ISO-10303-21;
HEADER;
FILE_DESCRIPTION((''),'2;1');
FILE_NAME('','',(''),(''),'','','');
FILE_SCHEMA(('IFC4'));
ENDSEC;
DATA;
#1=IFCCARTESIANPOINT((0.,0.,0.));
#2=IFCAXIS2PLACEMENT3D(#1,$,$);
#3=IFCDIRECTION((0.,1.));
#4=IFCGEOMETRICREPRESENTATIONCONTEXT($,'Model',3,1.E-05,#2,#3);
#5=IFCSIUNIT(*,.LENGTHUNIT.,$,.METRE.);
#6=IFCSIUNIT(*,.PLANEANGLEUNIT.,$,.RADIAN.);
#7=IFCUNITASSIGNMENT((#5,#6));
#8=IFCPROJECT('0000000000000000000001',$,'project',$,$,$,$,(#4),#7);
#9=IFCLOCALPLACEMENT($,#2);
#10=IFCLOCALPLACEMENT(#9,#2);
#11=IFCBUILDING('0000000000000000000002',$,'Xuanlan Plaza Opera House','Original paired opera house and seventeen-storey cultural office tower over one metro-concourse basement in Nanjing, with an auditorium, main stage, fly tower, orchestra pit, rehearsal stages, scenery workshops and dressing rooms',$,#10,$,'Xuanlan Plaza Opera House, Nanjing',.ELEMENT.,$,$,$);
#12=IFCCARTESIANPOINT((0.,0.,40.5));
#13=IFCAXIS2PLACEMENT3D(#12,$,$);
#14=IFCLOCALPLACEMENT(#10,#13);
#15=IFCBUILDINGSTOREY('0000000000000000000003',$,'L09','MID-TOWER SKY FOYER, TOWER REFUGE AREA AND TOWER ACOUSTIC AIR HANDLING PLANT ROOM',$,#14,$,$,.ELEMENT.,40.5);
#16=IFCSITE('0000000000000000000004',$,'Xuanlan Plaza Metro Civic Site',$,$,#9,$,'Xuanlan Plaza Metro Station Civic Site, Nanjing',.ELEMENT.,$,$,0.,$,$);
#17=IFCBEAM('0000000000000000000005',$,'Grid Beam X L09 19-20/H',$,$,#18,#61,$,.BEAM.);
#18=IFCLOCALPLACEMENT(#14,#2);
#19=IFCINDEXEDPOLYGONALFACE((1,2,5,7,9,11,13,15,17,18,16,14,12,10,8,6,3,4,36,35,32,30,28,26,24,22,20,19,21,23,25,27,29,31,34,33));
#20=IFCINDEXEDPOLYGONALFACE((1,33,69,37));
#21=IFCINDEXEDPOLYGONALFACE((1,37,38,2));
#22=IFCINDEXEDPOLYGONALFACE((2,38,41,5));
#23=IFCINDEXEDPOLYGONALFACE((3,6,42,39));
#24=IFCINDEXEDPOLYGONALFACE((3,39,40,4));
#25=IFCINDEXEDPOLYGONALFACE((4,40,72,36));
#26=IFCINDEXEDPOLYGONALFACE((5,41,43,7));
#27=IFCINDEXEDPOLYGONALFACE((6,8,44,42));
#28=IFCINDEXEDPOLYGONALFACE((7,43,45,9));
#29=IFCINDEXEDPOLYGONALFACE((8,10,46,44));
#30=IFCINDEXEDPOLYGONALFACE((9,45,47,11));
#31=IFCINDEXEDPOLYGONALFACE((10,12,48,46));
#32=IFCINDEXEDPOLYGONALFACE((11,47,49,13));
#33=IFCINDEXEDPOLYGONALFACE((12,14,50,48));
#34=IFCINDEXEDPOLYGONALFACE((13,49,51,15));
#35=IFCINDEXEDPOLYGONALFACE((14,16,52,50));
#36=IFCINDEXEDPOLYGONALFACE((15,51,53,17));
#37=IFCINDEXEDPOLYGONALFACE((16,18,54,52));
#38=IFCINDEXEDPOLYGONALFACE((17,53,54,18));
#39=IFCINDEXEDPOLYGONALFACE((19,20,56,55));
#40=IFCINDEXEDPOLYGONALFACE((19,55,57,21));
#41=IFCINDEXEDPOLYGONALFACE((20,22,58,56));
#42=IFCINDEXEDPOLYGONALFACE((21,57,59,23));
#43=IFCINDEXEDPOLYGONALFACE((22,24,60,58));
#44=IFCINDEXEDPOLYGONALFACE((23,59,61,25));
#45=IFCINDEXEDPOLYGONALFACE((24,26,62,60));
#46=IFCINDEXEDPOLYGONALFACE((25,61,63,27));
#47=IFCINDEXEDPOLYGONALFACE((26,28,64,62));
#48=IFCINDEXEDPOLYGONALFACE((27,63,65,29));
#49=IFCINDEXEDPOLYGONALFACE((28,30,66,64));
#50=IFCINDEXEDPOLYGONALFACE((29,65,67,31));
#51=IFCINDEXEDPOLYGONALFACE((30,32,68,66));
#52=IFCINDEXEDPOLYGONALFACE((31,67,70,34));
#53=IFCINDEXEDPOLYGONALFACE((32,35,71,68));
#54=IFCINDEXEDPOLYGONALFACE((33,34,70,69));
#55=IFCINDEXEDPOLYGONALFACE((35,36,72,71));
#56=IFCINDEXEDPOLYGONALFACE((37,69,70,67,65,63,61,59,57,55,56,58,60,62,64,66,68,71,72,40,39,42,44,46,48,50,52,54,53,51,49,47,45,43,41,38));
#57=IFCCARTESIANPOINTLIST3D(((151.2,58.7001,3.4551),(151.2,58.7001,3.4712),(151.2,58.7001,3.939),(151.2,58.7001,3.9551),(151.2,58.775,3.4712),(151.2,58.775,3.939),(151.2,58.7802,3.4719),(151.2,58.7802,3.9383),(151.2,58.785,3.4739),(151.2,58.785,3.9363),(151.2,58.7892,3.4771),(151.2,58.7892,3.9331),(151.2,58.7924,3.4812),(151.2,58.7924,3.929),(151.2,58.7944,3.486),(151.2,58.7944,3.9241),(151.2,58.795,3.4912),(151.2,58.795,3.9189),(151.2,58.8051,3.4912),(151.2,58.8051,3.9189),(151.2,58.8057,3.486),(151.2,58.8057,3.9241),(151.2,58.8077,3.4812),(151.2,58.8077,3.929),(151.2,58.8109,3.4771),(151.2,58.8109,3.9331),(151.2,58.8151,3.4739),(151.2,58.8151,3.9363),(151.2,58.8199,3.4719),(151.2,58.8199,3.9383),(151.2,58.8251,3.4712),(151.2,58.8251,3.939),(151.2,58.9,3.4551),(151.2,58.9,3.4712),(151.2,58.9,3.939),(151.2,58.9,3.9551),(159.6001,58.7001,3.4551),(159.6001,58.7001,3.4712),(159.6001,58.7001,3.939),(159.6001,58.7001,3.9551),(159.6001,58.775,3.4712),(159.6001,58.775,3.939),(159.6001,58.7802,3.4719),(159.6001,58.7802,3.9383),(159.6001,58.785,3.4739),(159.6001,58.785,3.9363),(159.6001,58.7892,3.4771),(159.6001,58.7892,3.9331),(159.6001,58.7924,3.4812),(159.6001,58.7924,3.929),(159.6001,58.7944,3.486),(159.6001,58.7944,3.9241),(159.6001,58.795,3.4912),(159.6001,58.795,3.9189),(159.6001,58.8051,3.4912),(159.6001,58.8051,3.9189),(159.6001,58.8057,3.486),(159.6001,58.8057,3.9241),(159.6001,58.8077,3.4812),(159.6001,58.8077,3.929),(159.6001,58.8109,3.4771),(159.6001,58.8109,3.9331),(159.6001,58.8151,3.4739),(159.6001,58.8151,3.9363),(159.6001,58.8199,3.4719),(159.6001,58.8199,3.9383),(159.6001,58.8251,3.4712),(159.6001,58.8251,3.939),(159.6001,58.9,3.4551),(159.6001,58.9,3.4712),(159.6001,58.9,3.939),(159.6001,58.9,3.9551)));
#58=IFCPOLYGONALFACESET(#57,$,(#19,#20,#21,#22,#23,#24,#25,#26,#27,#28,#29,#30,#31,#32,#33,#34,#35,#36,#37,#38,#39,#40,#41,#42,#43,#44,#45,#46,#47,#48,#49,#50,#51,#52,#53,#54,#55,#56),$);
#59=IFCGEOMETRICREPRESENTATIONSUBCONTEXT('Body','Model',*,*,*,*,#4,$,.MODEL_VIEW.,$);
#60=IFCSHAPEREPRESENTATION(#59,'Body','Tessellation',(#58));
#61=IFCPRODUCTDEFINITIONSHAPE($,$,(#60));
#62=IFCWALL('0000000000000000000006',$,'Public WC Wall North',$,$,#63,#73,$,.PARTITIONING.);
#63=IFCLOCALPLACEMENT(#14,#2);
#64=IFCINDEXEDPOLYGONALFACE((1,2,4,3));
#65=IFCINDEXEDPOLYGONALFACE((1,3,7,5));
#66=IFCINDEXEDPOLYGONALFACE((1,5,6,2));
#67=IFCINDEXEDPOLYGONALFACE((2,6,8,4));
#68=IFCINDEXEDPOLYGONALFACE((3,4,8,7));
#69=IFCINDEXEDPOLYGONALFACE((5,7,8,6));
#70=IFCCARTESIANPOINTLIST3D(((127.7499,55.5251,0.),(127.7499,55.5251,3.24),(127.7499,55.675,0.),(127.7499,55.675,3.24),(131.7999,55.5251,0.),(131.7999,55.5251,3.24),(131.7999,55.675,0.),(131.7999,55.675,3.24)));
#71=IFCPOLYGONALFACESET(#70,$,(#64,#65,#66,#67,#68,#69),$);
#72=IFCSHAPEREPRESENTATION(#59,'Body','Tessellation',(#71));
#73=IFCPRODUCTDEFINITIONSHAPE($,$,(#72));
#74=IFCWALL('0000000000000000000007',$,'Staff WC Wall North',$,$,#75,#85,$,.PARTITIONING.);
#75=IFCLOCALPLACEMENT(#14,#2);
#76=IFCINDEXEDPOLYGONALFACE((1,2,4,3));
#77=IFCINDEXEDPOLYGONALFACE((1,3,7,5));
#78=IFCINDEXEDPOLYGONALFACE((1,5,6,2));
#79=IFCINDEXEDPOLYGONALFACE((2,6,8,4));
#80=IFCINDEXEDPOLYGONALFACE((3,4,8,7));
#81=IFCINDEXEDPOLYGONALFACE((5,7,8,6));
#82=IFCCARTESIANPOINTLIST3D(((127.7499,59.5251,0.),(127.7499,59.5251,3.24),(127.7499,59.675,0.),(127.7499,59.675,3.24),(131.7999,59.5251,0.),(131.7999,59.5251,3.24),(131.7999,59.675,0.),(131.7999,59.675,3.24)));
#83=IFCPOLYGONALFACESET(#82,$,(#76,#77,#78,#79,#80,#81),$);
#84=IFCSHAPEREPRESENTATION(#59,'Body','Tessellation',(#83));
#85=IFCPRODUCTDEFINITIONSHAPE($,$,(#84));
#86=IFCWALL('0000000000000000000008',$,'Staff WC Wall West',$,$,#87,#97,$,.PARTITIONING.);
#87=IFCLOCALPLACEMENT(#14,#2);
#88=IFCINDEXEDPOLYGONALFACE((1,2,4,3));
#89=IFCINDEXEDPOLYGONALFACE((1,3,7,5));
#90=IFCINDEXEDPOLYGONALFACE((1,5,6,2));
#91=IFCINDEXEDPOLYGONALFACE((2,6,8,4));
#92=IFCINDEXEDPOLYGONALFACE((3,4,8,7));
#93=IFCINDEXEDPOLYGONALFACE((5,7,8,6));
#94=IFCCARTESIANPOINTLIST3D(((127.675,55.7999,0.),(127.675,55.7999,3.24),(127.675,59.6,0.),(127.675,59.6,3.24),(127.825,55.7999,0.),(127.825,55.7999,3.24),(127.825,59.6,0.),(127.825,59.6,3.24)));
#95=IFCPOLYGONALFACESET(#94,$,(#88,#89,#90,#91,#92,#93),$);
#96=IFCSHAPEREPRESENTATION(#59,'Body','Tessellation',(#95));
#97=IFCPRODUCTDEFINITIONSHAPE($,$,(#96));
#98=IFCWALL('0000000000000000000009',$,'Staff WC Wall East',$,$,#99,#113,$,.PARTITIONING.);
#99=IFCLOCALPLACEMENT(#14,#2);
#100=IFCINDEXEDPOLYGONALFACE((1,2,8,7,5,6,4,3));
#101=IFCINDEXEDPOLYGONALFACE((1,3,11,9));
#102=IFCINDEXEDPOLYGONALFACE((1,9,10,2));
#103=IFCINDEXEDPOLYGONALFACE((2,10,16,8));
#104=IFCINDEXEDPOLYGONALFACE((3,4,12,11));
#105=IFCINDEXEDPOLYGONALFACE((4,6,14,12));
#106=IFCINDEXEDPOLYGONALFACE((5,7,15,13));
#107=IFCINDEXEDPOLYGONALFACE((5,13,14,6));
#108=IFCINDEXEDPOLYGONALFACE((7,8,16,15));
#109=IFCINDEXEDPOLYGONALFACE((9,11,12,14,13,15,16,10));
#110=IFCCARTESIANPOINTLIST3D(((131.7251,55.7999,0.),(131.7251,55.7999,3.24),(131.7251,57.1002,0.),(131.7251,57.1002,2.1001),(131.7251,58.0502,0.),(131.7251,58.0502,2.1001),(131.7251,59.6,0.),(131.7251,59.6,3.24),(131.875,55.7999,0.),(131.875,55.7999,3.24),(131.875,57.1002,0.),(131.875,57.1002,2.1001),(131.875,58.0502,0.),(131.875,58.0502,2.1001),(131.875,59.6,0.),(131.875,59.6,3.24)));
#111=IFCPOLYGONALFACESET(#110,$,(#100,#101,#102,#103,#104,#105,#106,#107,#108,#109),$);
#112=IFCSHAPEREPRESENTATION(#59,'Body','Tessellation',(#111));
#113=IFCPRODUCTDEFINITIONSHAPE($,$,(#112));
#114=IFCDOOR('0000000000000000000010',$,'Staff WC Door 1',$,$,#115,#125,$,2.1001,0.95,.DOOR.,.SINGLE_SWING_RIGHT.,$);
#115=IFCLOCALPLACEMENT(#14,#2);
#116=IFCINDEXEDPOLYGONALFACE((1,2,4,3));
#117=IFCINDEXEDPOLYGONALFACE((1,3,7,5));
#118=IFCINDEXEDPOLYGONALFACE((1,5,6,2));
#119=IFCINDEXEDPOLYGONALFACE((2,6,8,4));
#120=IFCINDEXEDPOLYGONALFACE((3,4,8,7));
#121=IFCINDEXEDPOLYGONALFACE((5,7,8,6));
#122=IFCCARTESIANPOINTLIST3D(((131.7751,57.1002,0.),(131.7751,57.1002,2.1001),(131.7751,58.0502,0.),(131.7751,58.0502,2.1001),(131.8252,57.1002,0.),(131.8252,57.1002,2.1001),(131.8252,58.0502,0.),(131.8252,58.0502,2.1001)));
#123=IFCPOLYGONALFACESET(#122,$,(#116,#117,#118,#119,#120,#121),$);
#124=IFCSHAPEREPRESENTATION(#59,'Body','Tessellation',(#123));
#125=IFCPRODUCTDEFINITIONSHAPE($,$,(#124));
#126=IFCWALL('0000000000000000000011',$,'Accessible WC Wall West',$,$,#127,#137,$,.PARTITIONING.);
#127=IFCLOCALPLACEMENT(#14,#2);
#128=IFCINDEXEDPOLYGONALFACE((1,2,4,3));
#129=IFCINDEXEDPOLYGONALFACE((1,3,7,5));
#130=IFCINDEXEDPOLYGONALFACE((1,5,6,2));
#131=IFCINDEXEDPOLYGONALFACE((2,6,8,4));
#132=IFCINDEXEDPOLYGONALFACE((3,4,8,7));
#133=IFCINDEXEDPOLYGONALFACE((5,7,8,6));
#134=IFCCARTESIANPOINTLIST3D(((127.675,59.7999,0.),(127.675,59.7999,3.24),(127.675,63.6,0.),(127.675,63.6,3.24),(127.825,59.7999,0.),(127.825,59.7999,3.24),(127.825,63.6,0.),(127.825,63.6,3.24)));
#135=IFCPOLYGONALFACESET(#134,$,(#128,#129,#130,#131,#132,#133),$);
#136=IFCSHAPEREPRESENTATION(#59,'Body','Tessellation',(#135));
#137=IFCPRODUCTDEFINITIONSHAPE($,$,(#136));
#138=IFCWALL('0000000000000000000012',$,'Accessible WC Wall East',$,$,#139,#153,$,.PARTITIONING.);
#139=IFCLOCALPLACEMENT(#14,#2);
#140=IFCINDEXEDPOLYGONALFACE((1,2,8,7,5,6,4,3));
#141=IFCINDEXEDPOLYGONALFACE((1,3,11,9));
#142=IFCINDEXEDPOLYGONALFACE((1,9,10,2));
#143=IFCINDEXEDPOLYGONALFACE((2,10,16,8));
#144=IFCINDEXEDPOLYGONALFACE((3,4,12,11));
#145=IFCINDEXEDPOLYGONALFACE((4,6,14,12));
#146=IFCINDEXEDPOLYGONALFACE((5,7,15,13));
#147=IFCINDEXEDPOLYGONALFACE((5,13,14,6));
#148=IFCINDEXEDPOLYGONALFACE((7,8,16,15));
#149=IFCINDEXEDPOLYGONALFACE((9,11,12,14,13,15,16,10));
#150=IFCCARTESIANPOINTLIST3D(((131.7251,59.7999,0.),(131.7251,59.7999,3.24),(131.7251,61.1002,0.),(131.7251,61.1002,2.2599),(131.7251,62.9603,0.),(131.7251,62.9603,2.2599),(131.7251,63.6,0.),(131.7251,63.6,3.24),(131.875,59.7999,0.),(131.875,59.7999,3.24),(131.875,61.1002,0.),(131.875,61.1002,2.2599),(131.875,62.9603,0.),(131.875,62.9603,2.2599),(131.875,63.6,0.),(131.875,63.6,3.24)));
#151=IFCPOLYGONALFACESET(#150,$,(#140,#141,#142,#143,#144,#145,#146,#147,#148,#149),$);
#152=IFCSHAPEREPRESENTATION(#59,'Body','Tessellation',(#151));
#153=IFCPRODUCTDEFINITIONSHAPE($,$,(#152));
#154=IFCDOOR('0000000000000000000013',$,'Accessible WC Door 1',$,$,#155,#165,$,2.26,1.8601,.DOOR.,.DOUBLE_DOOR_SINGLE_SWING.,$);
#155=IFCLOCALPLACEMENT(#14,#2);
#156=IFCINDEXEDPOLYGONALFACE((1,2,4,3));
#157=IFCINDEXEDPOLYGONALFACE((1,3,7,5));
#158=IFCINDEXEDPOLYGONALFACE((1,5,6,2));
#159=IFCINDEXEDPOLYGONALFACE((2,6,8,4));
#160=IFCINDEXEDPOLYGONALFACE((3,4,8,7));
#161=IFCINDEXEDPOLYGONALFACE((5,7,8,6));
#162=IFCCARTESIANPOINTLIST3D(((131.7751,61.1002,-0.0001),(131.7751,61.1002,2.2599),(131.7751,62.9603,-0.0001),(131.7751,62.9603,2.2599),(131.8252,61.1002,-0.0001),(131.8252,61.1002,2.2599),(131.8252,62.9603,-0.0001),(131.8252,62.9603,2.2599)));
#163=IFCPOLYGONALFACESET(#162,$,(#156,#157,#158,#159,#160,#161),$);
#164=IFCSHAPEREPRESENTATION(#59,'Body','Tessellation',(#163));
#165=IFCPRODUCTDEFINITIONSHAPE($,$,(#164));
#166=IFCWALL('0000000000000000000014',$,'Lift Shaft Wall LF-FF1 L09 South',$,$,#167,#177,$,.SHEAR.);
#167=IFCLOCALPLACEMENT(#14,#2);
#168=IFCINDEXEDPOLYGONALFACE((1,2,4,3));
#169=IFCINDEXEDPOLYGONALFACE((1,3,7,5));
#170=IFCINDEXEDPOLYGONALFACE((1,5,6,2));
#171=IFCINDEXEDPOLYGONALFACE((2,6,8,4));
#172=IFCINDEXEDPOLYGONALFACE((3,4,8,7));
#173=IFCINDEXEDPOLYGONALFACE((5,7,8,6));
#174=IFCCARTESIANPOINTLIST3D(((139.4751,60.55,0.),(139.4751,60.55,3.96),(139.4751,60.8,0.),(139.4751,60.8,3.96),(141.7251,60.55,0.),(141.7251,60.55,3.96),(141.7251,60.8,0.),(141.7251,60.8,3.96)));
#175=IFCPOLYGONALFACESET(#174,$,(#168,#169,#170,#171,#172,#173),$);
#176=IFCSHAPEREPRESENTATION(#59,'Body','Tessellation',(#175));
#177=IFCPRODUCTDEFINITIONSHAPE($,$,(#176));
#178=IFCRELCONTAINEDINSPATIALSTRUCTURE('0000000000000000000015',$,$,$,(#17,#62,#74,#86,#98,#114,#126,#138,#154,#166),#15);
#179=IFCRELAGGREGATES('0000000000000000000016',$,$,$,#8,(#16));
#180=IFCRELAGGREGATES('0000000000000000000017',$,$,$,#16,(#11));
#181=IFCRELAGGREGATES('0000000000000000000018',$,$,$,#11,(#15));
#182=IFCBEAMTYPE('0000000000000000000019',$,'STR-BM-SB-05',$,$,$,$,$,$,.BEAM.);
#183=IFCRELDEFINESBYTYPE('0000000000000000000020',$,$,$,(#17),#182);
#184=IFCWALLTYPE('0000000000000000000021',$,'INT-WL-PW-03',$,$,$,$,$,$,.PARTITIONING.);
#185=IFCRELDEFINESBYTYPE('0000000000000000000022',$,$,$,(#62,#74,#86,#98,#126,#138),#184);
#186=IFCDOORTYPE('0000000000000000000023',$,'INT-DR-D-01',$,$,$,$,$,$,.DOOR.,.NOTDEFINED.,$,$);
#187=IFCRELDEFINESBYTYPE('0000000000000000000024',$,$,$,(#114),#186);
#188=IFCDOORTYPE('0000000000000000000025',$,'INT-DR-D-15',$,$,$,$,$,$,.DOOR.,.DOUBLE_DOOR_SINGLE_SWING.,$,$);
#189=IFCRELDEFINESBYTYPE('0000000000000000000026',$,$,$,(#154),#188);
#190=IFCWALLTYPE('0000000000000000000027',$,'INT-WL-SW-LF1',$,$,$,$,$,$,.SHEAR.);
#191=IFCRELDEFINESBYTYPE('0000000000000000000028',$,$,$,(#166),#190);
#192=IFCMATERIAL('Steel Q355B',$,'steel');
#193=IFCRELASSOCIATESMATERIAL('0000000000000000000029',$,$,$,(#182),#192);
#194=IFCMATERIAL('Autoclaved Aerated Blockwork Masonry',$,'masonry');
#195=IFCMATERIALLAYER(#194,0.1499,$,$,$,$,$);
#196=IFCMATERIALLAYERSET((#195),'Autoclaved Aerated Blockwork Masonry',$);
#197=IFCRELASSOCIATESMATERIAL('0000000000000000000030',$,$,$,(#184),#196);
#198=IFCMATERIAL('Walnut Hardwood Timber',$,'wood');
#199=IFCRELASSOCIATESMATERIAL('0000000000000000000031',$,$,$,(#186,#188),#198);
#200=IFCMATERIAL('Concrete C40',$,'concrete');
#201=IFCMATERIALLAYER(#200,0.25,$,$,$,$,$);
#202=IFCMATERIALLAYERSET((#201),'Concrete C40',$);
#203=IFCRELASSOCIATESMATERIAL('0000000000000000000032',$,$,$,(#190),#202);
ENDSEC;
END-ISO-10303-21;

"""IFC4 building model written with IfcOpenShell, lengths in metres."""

from ifc_helpers import new_model, si_unit, direction, frame, frame_2d, origin, origin_2d, place, context, subcontext, project, spatial, rectangle, i_section, extrude, material, layer, layer_set, material_profile, profile_set, type_object, element, fill, save


model = new_model("IFC4")

# Units and contexts
model_context = context("Model", 3, precision=1e-05, world=origin(), true_north=direction((0.0, 1.0)))
body_context = subcontext(model_context, "Body", "Model", "MODEL_VIEW")
ifc_project = project(units=[si_unit("LENGTHUNIT", "METRE"), si_unit("PLANEANGLEUNIT", "RADIAN")], contexts=[model_context])

# Site, building, storey
site_placement = place(None, origin())
site = spatial("IfcSite", under=ifc_project, at=site_placement, Name="Xuanlan Plaza Metro Civic Site", LongName="Xuanlan Plaza Metro Station Civic Site, Nanjing", CompositionType="ELEMENT", RefElevation=0.0)
building_placement = place(site_placement, origin())
building = spatial("IfcBuilding", under=site, at=building_placement, Name="Xuanlan Plaza Opera House", Description="Original paired opera house and seventeen-storey cultural office tower over one metro-concourse basement in Nanjing, with an auditorium, main stage, fly tower, orchestra pit, rehearsal stages, scenery workshops and dressing rooms", LongName="Xuanlan Plaza Opera House, Nanjing", CompositionType="ELEMENT")
storey_placement = place(building_placement, frame((0.0, 0.0, 40.5)))
storey = spatial("IfcBuildingStorey", under=building, at=storey_placement, Name="L09", Description="MID-TOWER SKY FOYER, TOWER REFUGE AREA AND TOWER ACOUSTIC AIR HANDLING PLANT ROOM", CompositionType="ELEMENT", Elevation=40.5)

# Shared definitions
ifc_material_1 = material(Name="Steel Q355B", Category="steel")

# Beam
ifc_material_2 = material(Name="Concrete C40", Category="concrete")
ifc_material_profile_1 = material_profile(ifc_material_1, i_section(OverallWidth=0.2, OverallDepth=0.5, WebThickness=0.01, FlangeThickness=0.0161, FilletRadius=0.02, at=origin_2d()), Name="HN 500x200x10x16")
ifc_profile_set_1 = profile_set([ifc_material_profile_1], Name="Steel Q355B")
beam_type_1 = type_object("IfcBeamType", Name="STR-BM-SB-05", PredefinedType="BEAM", material=ifc_profile_set_1)
beam_1_placement = place(storey_placement, frame((151.2, 58.8, 3.7051), z_axis=(1.0, 0.0, 0.0), x_axis=(0.0, 1.0, 0.0)))
element("IfcBeam", 1, at=beam_1_placement, inside=storey, type_object=beam_type_1, Name="Grid Beam X L09 19-20/H", PredefinedType="BEAM", context=body_context, shape_type="SweptSolid", body=[
    extrude(i_section(OverallWidth=0.2, OverallDepth=0.5, WebThickness=0.01, FlangeThickness=0.0161, FilletRadius=0.02, at=origin_2d()), origin(), (0.0, 0.0, 1.0), 8.4001),
])

# Walls
ifc_material_3 = material(Name="Autoclaved Aerated Blockwork Masonry", Category="masonry")
ifc_layer_1 = layer(ifc_material_3, 0.1499)
ifc_layer_set_1 = layer_set([ifc_layer_1], Name="Autoclaved Aerated Blockwork Masonry")
wall_type_1 = type_object("IfcWallType", Name="INT-WL-PW-03", PredefinedType="PARTITIONING", material=ifc_layer_set_1)
for number, where, z_axis, x_axis, name in (
    (2, (127.75, 55.6001, 0.0), (0.0, 0.0, 1.0), (1.0, 0.0, 0.0), "Public WC Wall North"),
    (3, (127.75, 59.6001, 0.0), (0.0, 0.0, 1.0), (1.0, 0.0, 0.0), "Staff WC Wall North"),
):
    element("IfcWall", number, at=place(storey_placement, frame(where, z_axis=z_axis, x_axis=x_axis)), inside=storey, type_object=wall_type_1, Name=name, PredefinedType="PARTITIONING", context=body_context, shape_type="SweptSolid", body=[
        extrude(rectangle(XDim=4.05, YDim=0.1499, at=frame_2d((2.0249, 0.0))), origin(), (0.0, 0.0, 1.0), 3.24),
    ])
wall_1_placement = place(storey_placement, frame((127.75, 55.8, 0.0), z_axis=(0.0, 0.0, 1.0), x_axis=(0.0, 1.0, 0.0)))
element("IfcWall", 4, at=wall_1_placement, inside=storey, type_object=wall_type_1, Name="Staff WC Wall West", PredefinedType="PARTITIONING", context=body_context, shape_type="SweptSolid", body=[
    extrude(rectangle(XDim=3.8, YDim=0.1499, at=frame_2d((1.8999, 0.0))), origin(), (0.0, 0.0, 1.0), 3.24),
])

# Wall, opening, door
wall_2_placement = place(storey_placement, frame((131.8, 55.8, 0.0), z_axis=(0.0, 0.0, 1.0), x_axis=(0.0, 1.0, 0.0)))
wall_2 = element("IfcWall", 5, at=wall_2_placement, inside=storey, type_object=wall_type_1, Name="Staff WC Wall East", PredefinedType="PARTITIONING", context=body_context, shape_type="SweptSolid", body=[
    extrude(rectangle(XDim=3.8, YDim=0.1499, at=frame_2d((1.8999, 0.0))), origin(), (0.0, 0.0, 1.0), 3.24),
])
opening_1_placement = place(wall_2_placement, frame((1.3, 0.0, 0.0)))
opening_1 = element("IfcOpeningElement", 6, at=opening_1_placement, cuts=wall_2, PredefinedType="OPENING", context=body_context, shape_type="SweptSolid", body=[
    extrude(rectangle(XDim=0.95, YDim=2.1001, at=frame_2d((0.4751, 1.05))), frame((0.0, 0.085, 0.0), z_axis=(0.0, -1.0, 0.0), x_axis=(1.0, 0.0, 0.0)), (0.0, 0.0, 1.0), 0.1699),
])
ifc_material_4 = material(Name="Walnut Hardwood Timber", Category="wood")
door_type_1 = type_object("IfcDoorType", Name="INT-DR-D-01", OperationType="NOTDEFINED", PredefinedType="DOOR", material=ifc_material_4)
door_1_placement = place(opening_1_placement, origin())
door_1 = element("IfcDoor", 7, at=door_1_placement, inside=storey, type_object=door_type_1, Name="Staff WC Door 1", OperationType="SINGLE_SWING_RIGHT", OverallHeight=2.1001, OverallWidth=0.95, PredefinedType="DOOR", context=body_context, shape_type="SweptSolid", body=[
    extrude(rectangle(XDim=0.95, YDim=2.1001, at=frame_2d((0.4751, 1.05))), frame((0.0, 0.0249, 0.0), z_axis=(0.0, -1.0, 0.0), x_axis=(1.0, 0.0, 0.0)), (0.0, 0.0, 1.0), 0.05),
])
fill(opening_1, door_1)

# Wall
wall_3_placement = place(storey_placement, frame((127.75, 59.8, 0.0), z_axis=(0.0, 0.0, 1.0), x_axis=(0.0, 1.0, 0.0)))
element("IfcWall", 8, at=wall_3_placement, inside=storey, type_object=wall_type_1, Name="Accessible WC Wall West", PredefinedType="PARTITIONING", context=body_context, shape_type="SweptSolid", body=[
    extrude(rectangle(XDim=3.8, YDim=0.1499, at=frame_2d((1.8999, 0.0))), origin(), (0.0, 0.0, 1.0), 3.24),
])

# Wall, opening, door
wall_4_placement = place(storey_placement, frame((131.8, 59.8, 0.0), z_axis=(0.0, 0.0, 1.0), x_axis=(0.0, 1.0, 0.0)))
wall_4 = element("IfcWall", 9, at=wall_4_placement, inside=storey, type_object=wall_type_1, Name="Accessible WC Wall East", PredefinedType="PARTITIONING", context=body_context, shape_type="SweptSolid", body=[
    extrude(rectangle(XDim=3.8, YDim=0.1499, at=frame_2d((1.8999, 0.0))), origin(), (0.0, 0.0, 1.0), 3.24),
])
opening_2_placement = place(wall_4_placement, frame((1.3, 0.0, 0.0)))
opening_2 = element("IfcOpeningElement", 10, at=opening_2_placement, cuts=wall_4, PredefinedType="OPENING", context=body_context, shape_type="SweptSolid", body=[
    extrude(rectangle(XDim=1.8601, YDim=2.26, at=frame_2d((0.9302, 1.1299))), frame((0.0, 0.085, 0.0), z_axis=(0.0, -1.0, 0.0), x_axis=(1.0, 0.0, 0.0)), (0.0, 0.0, 1.0), 0.1699),
])
door_type_2 = type_object("IfcDoorType", Name="INT-DR-D-15", OperationType="DOUBLE_DOOR_SINGLE_SWING", PredefinedType="DOOR", material=ifc_material_4)
door_2_placement = place(opening_2_placement, origin())
door_2 = element("IfcDoor", 11, at=door_2_placement, inside=storey, type_object=door_type_2, Name="Accessible WC Door 1", OperationType="DOUBLE_DOOR_SINGLE_SWING", OverallHeight=2.26, OverallWidth=1.8601, PredefinedType="DOOR", context=body_context, shape_type="SweptSolid", body=[
    extrude(rectangle(XDim=1.8601, YDim=2.26, at=frame_2d((0.9302, 1.1299))), frame((0.0, 0.0249, 0.0), z_axis=(0.0, -1.0, 0.0), x_axis=(1.0, 0.0, 0.0)), (0.0, 0.0, 1.0), 0.05),
])
fill(opening_2, door_2)

# Wall
ifc_layer_2 = layer(ifc_material_2, 0.25)
ifc_layer_set_2 = layer_set([ifc_layer_2], Name="Concrete C40")
wall_type_2 = type_object("IfcWallType", Name="INT-WL-SW-LF1", PredefinedType="SHEAR", material=ifc_layer_set_2)
wall_5_placement = place(storey_placement, frame((139.4751, 60.675, 0.0), z_axis=(0.0, 0.0, 1.0), x_axis=(1.0, 0.0, 0.0)))
element("IfcWall", 12, at=wall_5_placement, inside=storey, type_object=wall_type_2, Name="Lift Shaft Wall LF-FF1 L09 South", PredefinedType="SHEAR", context=body_context, shape_type="SweptSolid", body=[
    extrude(rectangle(XDim=2.25, YDim=0.25, at=frame_2d((1.125, 0.0))), origin(), (0.0, 0.0, 1.0), 3.96),
])

save(model, "model.ifc")
